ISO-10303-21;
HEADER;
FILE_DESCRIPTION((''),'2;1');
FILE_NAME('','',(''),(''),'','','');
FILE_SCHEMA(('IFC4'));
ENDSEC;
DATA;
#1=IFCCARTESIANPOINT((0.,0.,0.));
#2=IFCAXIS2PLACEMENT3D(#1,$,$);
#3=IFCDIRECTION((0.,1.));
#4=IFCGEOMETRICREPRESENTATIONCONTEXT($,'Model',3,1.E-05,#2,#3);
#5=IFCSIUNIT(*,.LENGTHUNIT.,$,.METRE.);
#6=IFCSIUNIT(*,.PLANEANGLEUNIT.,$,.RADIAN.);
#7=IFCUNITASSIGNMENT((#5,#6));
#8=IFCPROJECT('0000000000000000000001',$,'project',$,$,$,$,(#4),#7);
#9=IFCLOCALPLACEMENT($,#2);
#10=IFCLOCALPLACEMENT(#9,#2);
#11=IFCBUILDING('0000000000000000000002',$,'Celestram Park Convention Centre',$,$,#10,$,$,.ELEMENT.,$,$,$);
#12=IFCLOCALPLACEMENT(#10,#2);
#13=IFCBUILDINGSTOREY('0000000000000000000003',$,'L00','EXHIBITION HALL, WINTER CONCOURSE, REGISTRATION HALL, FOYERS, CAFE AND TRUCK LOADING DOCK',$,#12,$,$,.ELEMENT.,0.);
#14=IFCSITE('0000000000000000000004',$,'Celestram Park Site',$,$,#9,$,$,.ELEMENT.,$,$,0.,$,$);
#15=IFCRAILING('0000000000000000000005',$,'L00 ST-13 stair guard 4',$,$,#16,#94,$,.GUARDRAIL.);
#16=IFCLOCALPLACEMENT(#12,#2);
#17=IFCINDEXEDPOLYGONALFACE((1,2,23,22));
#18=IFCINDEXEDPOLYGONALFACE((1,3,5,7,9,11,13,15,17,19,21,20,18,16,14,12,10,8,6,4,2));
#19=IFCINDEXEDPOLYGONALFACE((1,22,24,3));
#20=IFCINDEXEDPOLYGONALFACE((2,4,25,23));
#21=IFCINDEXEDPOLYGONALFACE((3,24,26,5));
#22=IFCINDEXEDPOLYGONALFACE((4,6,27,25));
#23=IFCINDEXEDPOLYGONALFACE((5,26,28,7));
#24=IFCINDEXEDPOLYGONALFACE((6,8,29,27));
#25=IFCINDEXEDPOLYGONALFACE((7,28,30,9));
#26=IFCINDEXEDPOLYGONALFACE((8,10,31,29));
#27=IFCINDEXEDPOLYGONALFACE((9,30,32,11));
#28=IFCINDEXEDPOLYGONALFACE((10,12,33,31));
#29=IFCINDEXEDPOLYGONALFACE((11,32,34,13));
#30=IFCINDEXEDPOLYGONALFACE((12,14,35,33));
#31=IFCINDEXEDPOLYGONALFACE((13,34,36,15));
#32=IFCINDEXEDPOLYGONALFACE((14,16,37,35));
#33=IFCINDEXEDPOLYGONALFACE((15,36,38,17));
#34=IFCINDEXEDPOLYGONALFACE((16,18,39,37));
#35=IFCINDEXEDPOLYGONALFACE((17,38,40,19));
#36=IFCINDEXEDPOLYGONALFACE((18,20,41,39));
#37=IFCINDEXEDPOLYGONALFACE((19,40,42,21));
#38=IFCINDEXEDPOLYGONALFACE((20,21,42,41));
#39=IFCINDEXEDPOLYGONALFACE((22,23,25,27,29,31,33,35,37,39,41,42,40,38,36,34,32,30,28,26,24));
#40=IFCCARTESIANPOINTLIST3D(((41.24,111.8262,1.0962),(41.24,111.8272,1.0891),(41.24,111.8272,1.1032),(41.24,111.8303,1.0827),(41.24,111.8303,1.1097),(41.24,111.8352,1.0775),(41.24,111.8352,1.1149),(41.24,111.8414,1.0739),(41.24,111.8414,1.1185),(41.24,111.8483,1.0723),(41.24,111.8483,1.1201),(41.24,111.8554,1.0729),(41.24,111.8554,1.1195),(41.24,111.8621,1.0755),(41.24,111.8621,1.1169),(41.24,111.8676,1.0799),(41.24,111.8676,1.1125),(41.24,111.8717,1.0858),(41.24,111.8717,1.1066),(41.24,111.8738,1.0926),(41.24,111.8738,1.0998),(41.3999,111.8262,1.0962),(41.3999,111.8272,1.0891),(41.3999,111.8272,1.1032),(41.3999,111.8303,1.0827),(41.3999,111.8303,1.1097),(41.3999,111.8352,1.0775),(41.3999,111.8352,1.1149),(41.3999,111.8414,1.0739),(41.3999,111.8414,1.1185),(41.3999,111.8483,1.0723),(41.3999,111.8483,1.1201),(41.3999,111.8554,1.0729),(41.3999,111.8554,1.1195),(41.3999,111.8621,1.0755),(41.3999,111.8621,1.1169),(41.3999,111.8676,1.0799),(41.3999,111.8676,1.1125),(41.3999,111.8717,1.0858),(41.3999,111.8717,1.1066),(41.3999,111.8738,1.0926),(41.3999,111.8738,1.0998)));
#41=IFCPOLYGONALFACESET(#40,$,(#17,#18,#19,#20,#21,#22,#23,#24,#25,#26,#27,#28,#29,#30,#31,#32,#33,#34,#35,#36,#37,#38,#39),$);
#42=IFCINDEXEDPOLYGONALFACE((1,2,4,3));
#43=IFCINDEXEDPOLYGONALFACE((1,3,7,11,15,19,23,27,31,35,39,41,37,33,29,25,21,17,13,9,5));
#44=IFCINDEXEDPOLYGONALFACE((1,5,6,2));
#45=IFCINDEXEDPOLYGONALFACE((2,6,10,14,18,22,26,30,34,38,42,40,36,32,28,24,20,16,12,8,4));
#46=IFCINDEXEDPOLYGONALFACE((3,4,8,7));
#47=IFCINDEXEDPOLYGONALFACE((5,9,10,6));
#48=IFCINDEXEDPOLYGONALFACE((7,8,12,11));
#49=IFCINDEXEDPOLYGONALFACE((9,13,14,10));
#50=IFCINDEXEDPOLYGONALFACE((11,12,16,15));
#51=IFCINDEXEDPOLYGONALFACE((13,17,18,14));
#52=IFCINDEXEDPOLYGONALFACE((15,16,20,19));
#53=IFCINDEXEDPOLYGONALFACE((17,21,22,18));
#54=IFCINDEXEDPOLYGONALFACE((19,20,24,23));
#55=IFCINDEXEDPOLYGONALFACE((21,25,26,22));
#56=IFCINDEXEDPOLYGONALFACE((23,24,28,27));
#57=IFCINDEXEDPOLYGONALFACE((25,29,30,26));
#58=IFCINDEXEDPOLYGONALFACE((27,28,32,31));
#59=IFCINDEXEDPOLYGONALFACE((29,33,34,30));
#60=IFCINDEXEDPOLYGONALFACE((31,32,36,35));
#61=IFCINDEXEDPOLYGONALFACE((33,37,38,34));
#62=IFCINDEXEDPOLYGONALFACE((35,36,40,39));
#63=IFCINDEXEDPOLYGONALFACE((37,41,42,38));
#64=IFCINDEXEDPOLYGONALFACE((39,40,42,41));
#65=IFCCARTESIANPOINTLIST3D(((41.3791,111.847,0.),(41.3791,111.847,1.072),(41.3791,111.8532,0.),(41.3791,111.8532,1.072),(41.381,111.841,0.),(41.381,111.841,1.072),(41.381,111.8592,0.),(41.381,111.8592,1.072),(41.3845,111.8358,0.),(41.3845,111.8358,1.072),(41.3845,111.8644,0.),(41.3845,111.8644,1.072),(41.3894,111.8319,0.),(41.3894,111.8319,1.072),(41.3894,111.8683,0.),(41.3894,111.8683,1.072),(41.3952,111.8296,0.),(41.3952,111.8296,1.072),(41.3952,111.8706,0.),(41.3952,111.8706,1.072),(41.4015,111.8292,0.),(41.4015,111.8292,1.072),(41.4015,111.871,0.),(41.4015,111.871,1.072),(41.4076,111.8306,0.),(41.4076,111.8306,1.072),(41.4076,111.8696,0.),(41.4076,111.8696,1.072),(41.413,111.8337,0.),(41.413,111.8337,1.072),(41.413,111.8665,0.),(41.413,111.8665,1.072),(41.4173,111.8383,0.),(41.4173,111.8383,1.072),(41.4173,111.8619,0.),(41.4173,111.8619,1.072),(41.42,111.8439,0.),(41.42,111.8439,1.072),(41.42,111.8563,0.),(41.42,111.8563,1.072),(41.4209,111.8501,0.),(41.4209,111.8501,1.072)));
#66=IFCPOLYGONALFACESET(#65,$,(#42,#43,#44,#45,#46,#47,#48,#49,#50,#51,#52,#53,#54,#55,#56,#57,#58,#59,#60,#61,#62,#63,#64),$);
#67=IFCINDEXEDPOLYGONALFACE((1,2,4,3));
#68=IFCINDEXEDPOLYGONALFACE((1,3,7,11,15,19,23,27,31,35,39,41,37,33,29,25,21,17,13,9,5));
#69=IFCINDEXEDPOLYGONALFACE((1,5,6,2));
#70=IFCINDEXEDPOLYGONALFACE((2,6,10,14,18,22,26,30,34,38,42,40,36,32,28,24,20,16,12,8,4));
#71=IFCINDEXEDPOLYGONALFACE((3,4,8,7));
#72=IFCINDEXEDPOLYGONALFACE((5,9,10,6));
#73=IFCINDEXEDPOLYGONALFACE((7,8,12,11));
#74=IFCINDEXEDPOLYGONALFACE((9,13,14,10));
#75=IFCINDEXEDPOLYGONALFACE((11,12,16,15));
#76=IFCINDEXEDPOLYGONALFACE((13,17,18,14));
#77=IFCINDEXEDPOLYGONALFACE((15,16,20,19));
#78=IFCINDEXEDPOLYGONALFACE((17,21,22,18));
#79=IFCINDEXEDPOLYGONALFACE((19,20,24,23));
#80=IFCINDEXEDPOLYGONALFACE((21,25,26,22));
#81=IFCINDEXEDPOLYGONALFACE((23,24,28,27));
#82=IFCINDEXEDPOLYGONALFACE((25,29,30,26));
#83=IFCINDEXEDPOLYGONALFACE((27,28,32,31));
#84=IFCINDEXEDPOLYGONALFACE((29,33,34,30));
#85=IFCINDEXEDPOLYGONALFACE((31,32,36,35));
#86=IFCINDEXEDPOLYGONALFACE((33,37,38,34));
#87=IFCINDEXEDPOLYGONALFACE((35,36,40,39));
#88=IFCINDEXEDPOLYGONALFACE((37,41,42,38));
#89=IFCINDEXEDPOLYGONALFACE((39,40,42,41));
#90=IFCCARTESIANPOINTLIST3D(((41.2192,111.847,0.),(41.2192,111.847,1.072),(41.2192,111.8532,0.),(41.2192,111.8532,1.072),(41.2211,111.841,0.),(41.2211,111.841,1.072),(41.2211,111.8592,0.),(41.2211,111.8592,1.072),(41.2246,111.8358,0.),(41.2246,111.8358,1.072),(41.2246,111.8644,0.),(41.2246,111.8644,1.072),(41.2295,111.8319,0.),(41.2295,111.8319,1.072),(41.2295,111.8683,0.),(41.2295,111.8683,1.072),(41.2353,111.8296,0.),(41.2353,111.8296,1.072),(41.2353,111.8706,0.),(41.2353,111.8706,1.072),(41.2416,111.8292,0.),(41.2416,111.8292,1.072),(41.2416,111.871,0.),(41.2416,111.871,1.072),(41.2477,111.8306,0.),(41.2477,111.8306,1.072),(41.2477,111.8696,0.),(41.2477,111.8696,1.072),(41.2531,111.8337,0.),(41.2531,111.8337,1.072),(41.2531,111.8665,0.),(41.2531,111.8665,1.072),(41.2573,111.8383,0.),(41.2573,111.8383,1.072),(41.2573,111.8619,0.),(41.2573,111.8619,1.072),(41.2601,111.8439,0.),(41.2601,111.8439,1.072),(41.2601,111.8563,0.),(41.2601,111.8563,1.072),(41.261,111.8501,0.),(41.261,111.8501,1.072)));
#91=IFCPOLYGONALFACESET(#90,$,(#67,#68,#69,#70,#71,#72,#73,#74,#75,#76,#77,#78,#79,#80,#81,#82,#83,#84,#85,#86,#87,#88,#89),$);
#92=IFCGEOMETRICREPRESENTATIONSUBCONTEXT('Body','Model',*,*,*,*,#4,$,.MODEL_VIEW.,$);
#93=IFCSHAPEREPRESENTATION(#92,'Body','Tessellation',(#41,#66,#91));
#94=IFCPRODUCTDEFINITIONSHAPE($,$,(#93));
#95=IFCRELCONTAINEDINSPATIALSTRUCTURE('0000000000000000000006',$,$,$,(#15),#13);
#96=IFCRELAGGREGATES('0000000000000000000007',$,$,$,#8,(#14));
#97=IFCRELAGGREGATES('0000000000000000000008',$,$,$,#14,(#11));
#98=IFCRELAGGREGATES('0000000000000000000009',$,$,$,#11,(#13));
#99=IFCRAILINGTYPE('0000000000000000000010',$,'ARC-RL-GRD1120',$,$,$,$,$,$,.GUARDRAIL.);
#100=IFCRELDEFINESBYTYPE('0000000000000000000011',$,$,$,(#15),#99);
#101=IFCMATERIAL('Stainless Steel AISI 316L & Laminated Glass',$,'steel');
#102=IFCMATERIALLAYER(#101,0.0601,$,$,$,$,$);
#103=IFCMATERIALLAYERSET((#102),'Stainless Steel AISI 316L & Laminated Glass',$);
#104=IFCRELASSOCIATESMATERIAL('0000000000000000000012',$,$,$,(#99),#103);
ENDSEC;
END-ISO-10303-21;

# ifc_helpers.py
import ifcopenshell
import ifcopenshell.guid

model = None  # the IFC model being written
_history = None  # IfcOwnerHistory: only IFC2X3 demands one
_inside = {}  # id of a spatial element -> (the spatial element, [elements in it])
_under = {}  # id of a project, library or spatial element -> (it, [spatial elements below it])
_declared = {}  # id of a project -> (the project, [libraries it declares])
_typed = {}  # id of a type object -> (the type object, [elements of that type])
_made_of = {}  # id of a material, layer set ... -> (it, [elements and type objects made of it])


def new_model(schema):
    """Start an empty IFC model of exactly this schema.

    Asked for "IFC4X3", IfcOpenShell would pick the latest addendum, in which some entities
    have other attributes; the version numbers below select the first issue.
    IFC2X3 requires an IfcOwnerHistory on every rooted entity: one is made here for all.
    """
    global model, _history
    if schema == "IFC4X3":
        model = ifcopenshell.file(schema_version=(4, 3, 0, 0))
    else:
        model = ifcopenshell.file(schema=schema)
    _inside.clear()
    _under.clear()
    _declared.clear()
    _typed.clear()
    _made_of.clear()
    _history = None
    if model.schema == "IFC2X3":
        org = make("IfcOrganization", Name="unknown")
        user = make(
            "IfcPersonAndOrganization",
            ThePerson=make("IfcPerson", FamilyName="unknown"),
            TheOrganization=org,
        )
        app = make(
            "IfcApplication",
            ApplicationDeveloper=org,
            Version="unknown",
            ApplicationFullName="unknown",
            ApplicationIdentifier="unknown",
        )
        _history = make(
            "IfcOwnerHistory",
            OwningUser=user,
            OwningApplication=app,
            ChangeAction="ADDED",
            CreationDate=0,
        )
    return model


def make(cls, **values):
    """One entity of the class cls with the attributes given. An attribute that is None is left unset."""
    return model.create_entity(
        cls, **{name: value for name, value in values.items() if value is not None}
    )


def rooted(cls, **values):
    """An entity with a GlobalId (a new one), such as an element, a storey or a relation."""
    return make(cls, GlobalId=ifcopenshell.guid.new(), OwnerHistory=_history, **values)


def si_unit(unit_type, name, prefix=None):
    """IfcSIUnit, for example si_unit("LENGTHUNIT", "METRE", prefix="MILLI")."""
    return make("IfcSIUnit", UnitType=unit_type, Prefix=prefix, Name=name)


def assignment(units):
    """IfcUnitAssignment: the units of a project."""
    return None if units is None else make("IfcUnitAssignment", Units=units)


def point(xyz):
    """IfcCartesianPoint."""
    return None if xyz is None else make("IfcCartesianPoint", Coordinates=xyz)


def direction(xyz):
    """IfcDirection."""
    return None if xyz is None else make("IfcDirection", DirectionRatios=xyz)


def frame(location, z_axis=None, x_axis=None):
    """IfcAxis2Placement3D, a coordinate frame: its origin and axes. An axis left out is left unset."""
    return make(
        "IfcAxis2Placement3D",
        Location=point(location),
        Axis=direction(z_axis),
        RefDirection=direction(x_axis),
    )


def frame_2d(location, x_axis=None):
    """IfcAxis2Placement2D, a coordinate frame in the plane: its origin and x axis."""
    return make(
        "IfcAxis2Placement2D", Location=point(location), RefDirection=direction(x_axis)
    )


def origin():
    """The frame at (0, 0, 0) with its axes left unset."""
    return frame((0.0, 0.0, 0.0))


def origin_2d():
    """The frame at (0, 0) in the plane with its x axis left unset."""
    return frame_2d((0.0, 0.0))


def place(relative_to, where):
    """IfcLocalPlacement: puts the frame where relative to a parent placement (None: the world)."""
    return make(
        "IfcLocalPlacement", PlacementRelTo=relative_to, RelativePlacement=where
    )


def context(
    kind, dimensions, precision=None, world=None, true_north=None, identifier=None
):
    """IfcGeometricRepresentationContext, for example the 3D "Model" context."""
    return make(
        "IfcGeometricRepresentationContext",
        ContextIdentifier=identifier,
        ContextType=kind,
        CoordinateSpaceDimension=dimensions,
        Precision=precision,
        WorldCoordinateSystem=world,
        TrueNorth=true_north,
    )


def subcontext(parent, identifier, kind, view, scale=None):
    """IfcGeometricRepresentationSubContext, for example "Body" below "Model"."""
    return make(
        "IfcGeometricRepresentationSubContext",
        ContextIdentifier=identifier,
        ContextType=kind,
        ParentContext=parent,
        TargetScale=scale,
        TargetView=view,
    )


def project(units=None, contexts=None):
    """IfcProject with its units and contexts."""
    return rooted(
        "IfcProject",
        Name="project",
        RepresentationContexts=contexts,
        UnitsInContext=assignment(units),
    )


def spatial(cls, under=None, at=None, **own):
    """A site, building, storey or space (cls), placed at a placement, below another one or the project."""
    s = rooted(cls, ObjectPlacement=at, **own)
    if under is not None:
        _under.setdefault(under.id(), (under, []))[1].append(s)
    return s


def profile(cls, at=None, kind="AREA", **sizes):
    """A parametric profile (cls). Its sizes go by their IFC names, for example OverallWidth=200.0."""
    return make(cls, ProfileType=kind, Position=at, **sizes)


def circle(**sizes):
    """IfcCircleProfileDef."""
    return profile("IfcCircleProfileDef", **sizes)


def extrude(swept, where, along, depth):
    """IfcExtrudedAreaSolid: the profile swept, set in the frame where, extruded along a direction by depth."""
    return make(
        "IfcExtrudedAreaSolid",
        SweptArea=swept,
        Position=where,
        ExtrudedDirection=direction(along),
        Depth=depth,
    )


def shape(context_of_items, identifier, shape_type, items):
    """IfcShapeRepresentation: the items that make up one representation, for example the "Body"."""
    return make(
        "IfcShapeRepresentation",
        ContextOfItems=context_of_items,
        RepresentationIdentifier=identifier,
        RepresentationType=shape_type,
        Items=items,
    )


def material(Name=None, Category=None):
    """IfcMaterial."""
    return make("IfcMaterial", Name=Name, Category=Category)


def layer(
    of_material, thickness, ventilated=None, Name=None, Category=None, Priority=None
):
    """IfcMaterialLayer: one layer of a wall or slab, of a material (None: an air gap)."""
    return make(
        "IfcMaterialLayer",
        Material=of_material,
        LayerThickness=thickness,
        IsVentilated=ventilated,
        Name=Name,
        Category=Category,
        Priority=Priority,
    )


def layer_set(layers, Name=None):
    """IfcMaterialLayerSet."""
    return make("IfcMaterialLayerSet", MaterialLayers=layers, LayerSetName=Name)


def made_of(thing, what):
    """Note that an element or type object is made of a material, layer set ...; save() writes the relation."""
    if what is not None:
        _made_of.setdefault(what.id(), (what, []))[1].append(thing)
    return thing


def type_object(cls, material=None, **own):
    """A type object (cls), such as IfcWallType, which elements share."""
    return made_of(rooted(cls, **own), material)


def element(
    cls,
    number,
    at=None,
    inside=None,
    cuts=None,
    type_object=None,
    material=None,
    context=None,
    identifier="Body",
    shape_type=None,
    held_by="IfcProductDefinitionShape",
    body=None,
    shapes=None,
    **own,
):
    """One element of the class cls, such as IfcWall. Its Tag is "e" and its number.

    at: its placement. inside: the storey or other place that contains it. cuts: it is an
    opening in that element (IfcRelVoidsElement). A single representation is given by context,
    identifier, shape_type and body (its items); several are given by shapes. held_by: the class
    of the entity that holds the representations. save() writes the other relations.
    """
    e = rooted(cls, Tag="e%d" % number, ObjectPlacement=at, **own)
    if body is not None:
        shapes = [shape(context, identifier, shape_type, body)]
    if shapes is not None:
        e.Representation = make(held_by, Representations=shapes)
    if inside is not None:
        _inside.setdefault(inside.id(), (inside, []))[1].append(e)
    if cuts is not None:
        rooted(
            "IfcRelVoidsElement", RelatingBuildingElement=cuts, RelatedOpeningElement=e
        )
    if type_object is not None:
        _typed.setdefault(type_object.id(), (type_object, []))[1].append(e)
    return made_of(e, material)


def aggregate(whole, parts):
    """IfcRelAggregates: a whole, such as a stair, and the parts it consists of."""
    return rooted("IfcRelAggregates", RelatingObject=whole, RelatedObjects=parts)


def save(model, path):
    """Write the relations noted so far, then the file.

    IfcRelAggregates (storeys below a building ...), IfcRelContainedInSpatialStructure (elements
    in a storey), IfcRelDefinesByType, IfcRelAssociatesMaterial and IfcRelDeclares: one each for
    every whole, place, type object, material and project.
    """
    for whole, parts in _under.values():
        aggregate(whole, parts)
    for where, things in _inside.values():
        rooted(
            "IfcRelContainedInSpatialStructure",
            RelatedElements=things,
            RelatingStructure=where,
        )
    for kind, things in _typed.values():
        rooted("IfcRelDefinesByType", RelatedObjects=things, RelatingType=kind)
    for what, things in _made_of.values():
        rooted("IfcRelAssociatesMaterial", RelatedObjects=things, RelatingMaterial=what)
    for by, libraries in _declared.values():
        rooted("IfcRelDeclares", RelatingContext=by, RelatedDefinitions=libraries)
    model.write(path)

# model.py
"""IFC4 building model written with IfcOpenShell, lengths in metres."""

from ifc_helpers import new_model, si_unit, direction, frame, origin, origin_2d, place, context, subcontext, project, spatial, circle, extrude, material, layer, layer_set, type_object, element, save


model = new_model("IFC4")

# Units and contexts
model_context = context("Model", 3, precision=1e-05, world=origin(), true_north=direction((0.0, 1.0)))
body_context = subcontext(model_context, "Body", "Model", "MODEL_VIEW")
ifc_project = project(units=[si_unit("LENGTHUNIT", "METRE"), si_unit("PLANEANGLEUNIT", "RADIAN")], contexts=[model_context])

# Site, building, storey
site_placement = place(None, origin())
site = spatial("IfcSite", under=ifc_project, at=site_placement, Name="Celestram Park Site", CompositionType="ELEMENT", RefElevation=0.0)
building_placement = place(site_placement, origin())
building = spatial("IfcBuilding", under=site, at=building_placement, Name="Celestram Park Convention Centre", CompositionType="ELEMENT")
storey_placement = place(building_placement, origin())
storey = spatial("IfcBuildingStorey", under=building, at=storey_placement, Name="L00", Description="EXHIBITION HALL, WINTER CONCOURSE, REGISTRATION HALL, FOYERS, CAFE AND TRUCK LOADING DOCK", CompositionType="ELEMENT", Elevation=0.0)

# Railing
ifc_material_1 = material(Name="Stainless Steel AISI 316L & Laminated Glass", Category="steel")
ifc_layer_1 = layer(ifc_material_1, 0.0601)
ifc_layer_set_1 = layer_set([ifc_layer_1], Name="Stainless Steel AISI 316L & Laminated Glass")
railing_type_1 = type_object("IfcRailingType", Name="ARC-RL-GRD1120", PredefinedType="GUARDRAIL", material=ifc_layer_set_1)
railing_1_placement = place(storey_placement, frame((41.3999, 111.8501, 0.0)))
element("IfcRailing", 1, at=railing_1_placement, inside=storey, type_object=railing_type_1, Name="L00 ST-13 stair guard 4", PredefinedType="GUARDRAIL", context=body_context, shape_type="SweptSolid", body=[
    extrude(circle(Radius=0.0239, at=origin_2d()), frame((0.0, 0.0, 1.0962), z_axis=(-1.0, 0.0, 0.0), x_axis=(0.0, -1.0, 0.0)), (0.0, 0.0, 1.0), 0.1599),
    extrude(circle(Radius=0.021, at=origin_2d()), origin(), (0.0, 0.0, 1.0), 1.072),
    extrude(circle(Radius=0.021, at=origin_2d()), frame((-0.1599, 0.0, 0.0)), (0.0, 0.0, 1.0), 1.072),
])

save(model, "model.ifc")
